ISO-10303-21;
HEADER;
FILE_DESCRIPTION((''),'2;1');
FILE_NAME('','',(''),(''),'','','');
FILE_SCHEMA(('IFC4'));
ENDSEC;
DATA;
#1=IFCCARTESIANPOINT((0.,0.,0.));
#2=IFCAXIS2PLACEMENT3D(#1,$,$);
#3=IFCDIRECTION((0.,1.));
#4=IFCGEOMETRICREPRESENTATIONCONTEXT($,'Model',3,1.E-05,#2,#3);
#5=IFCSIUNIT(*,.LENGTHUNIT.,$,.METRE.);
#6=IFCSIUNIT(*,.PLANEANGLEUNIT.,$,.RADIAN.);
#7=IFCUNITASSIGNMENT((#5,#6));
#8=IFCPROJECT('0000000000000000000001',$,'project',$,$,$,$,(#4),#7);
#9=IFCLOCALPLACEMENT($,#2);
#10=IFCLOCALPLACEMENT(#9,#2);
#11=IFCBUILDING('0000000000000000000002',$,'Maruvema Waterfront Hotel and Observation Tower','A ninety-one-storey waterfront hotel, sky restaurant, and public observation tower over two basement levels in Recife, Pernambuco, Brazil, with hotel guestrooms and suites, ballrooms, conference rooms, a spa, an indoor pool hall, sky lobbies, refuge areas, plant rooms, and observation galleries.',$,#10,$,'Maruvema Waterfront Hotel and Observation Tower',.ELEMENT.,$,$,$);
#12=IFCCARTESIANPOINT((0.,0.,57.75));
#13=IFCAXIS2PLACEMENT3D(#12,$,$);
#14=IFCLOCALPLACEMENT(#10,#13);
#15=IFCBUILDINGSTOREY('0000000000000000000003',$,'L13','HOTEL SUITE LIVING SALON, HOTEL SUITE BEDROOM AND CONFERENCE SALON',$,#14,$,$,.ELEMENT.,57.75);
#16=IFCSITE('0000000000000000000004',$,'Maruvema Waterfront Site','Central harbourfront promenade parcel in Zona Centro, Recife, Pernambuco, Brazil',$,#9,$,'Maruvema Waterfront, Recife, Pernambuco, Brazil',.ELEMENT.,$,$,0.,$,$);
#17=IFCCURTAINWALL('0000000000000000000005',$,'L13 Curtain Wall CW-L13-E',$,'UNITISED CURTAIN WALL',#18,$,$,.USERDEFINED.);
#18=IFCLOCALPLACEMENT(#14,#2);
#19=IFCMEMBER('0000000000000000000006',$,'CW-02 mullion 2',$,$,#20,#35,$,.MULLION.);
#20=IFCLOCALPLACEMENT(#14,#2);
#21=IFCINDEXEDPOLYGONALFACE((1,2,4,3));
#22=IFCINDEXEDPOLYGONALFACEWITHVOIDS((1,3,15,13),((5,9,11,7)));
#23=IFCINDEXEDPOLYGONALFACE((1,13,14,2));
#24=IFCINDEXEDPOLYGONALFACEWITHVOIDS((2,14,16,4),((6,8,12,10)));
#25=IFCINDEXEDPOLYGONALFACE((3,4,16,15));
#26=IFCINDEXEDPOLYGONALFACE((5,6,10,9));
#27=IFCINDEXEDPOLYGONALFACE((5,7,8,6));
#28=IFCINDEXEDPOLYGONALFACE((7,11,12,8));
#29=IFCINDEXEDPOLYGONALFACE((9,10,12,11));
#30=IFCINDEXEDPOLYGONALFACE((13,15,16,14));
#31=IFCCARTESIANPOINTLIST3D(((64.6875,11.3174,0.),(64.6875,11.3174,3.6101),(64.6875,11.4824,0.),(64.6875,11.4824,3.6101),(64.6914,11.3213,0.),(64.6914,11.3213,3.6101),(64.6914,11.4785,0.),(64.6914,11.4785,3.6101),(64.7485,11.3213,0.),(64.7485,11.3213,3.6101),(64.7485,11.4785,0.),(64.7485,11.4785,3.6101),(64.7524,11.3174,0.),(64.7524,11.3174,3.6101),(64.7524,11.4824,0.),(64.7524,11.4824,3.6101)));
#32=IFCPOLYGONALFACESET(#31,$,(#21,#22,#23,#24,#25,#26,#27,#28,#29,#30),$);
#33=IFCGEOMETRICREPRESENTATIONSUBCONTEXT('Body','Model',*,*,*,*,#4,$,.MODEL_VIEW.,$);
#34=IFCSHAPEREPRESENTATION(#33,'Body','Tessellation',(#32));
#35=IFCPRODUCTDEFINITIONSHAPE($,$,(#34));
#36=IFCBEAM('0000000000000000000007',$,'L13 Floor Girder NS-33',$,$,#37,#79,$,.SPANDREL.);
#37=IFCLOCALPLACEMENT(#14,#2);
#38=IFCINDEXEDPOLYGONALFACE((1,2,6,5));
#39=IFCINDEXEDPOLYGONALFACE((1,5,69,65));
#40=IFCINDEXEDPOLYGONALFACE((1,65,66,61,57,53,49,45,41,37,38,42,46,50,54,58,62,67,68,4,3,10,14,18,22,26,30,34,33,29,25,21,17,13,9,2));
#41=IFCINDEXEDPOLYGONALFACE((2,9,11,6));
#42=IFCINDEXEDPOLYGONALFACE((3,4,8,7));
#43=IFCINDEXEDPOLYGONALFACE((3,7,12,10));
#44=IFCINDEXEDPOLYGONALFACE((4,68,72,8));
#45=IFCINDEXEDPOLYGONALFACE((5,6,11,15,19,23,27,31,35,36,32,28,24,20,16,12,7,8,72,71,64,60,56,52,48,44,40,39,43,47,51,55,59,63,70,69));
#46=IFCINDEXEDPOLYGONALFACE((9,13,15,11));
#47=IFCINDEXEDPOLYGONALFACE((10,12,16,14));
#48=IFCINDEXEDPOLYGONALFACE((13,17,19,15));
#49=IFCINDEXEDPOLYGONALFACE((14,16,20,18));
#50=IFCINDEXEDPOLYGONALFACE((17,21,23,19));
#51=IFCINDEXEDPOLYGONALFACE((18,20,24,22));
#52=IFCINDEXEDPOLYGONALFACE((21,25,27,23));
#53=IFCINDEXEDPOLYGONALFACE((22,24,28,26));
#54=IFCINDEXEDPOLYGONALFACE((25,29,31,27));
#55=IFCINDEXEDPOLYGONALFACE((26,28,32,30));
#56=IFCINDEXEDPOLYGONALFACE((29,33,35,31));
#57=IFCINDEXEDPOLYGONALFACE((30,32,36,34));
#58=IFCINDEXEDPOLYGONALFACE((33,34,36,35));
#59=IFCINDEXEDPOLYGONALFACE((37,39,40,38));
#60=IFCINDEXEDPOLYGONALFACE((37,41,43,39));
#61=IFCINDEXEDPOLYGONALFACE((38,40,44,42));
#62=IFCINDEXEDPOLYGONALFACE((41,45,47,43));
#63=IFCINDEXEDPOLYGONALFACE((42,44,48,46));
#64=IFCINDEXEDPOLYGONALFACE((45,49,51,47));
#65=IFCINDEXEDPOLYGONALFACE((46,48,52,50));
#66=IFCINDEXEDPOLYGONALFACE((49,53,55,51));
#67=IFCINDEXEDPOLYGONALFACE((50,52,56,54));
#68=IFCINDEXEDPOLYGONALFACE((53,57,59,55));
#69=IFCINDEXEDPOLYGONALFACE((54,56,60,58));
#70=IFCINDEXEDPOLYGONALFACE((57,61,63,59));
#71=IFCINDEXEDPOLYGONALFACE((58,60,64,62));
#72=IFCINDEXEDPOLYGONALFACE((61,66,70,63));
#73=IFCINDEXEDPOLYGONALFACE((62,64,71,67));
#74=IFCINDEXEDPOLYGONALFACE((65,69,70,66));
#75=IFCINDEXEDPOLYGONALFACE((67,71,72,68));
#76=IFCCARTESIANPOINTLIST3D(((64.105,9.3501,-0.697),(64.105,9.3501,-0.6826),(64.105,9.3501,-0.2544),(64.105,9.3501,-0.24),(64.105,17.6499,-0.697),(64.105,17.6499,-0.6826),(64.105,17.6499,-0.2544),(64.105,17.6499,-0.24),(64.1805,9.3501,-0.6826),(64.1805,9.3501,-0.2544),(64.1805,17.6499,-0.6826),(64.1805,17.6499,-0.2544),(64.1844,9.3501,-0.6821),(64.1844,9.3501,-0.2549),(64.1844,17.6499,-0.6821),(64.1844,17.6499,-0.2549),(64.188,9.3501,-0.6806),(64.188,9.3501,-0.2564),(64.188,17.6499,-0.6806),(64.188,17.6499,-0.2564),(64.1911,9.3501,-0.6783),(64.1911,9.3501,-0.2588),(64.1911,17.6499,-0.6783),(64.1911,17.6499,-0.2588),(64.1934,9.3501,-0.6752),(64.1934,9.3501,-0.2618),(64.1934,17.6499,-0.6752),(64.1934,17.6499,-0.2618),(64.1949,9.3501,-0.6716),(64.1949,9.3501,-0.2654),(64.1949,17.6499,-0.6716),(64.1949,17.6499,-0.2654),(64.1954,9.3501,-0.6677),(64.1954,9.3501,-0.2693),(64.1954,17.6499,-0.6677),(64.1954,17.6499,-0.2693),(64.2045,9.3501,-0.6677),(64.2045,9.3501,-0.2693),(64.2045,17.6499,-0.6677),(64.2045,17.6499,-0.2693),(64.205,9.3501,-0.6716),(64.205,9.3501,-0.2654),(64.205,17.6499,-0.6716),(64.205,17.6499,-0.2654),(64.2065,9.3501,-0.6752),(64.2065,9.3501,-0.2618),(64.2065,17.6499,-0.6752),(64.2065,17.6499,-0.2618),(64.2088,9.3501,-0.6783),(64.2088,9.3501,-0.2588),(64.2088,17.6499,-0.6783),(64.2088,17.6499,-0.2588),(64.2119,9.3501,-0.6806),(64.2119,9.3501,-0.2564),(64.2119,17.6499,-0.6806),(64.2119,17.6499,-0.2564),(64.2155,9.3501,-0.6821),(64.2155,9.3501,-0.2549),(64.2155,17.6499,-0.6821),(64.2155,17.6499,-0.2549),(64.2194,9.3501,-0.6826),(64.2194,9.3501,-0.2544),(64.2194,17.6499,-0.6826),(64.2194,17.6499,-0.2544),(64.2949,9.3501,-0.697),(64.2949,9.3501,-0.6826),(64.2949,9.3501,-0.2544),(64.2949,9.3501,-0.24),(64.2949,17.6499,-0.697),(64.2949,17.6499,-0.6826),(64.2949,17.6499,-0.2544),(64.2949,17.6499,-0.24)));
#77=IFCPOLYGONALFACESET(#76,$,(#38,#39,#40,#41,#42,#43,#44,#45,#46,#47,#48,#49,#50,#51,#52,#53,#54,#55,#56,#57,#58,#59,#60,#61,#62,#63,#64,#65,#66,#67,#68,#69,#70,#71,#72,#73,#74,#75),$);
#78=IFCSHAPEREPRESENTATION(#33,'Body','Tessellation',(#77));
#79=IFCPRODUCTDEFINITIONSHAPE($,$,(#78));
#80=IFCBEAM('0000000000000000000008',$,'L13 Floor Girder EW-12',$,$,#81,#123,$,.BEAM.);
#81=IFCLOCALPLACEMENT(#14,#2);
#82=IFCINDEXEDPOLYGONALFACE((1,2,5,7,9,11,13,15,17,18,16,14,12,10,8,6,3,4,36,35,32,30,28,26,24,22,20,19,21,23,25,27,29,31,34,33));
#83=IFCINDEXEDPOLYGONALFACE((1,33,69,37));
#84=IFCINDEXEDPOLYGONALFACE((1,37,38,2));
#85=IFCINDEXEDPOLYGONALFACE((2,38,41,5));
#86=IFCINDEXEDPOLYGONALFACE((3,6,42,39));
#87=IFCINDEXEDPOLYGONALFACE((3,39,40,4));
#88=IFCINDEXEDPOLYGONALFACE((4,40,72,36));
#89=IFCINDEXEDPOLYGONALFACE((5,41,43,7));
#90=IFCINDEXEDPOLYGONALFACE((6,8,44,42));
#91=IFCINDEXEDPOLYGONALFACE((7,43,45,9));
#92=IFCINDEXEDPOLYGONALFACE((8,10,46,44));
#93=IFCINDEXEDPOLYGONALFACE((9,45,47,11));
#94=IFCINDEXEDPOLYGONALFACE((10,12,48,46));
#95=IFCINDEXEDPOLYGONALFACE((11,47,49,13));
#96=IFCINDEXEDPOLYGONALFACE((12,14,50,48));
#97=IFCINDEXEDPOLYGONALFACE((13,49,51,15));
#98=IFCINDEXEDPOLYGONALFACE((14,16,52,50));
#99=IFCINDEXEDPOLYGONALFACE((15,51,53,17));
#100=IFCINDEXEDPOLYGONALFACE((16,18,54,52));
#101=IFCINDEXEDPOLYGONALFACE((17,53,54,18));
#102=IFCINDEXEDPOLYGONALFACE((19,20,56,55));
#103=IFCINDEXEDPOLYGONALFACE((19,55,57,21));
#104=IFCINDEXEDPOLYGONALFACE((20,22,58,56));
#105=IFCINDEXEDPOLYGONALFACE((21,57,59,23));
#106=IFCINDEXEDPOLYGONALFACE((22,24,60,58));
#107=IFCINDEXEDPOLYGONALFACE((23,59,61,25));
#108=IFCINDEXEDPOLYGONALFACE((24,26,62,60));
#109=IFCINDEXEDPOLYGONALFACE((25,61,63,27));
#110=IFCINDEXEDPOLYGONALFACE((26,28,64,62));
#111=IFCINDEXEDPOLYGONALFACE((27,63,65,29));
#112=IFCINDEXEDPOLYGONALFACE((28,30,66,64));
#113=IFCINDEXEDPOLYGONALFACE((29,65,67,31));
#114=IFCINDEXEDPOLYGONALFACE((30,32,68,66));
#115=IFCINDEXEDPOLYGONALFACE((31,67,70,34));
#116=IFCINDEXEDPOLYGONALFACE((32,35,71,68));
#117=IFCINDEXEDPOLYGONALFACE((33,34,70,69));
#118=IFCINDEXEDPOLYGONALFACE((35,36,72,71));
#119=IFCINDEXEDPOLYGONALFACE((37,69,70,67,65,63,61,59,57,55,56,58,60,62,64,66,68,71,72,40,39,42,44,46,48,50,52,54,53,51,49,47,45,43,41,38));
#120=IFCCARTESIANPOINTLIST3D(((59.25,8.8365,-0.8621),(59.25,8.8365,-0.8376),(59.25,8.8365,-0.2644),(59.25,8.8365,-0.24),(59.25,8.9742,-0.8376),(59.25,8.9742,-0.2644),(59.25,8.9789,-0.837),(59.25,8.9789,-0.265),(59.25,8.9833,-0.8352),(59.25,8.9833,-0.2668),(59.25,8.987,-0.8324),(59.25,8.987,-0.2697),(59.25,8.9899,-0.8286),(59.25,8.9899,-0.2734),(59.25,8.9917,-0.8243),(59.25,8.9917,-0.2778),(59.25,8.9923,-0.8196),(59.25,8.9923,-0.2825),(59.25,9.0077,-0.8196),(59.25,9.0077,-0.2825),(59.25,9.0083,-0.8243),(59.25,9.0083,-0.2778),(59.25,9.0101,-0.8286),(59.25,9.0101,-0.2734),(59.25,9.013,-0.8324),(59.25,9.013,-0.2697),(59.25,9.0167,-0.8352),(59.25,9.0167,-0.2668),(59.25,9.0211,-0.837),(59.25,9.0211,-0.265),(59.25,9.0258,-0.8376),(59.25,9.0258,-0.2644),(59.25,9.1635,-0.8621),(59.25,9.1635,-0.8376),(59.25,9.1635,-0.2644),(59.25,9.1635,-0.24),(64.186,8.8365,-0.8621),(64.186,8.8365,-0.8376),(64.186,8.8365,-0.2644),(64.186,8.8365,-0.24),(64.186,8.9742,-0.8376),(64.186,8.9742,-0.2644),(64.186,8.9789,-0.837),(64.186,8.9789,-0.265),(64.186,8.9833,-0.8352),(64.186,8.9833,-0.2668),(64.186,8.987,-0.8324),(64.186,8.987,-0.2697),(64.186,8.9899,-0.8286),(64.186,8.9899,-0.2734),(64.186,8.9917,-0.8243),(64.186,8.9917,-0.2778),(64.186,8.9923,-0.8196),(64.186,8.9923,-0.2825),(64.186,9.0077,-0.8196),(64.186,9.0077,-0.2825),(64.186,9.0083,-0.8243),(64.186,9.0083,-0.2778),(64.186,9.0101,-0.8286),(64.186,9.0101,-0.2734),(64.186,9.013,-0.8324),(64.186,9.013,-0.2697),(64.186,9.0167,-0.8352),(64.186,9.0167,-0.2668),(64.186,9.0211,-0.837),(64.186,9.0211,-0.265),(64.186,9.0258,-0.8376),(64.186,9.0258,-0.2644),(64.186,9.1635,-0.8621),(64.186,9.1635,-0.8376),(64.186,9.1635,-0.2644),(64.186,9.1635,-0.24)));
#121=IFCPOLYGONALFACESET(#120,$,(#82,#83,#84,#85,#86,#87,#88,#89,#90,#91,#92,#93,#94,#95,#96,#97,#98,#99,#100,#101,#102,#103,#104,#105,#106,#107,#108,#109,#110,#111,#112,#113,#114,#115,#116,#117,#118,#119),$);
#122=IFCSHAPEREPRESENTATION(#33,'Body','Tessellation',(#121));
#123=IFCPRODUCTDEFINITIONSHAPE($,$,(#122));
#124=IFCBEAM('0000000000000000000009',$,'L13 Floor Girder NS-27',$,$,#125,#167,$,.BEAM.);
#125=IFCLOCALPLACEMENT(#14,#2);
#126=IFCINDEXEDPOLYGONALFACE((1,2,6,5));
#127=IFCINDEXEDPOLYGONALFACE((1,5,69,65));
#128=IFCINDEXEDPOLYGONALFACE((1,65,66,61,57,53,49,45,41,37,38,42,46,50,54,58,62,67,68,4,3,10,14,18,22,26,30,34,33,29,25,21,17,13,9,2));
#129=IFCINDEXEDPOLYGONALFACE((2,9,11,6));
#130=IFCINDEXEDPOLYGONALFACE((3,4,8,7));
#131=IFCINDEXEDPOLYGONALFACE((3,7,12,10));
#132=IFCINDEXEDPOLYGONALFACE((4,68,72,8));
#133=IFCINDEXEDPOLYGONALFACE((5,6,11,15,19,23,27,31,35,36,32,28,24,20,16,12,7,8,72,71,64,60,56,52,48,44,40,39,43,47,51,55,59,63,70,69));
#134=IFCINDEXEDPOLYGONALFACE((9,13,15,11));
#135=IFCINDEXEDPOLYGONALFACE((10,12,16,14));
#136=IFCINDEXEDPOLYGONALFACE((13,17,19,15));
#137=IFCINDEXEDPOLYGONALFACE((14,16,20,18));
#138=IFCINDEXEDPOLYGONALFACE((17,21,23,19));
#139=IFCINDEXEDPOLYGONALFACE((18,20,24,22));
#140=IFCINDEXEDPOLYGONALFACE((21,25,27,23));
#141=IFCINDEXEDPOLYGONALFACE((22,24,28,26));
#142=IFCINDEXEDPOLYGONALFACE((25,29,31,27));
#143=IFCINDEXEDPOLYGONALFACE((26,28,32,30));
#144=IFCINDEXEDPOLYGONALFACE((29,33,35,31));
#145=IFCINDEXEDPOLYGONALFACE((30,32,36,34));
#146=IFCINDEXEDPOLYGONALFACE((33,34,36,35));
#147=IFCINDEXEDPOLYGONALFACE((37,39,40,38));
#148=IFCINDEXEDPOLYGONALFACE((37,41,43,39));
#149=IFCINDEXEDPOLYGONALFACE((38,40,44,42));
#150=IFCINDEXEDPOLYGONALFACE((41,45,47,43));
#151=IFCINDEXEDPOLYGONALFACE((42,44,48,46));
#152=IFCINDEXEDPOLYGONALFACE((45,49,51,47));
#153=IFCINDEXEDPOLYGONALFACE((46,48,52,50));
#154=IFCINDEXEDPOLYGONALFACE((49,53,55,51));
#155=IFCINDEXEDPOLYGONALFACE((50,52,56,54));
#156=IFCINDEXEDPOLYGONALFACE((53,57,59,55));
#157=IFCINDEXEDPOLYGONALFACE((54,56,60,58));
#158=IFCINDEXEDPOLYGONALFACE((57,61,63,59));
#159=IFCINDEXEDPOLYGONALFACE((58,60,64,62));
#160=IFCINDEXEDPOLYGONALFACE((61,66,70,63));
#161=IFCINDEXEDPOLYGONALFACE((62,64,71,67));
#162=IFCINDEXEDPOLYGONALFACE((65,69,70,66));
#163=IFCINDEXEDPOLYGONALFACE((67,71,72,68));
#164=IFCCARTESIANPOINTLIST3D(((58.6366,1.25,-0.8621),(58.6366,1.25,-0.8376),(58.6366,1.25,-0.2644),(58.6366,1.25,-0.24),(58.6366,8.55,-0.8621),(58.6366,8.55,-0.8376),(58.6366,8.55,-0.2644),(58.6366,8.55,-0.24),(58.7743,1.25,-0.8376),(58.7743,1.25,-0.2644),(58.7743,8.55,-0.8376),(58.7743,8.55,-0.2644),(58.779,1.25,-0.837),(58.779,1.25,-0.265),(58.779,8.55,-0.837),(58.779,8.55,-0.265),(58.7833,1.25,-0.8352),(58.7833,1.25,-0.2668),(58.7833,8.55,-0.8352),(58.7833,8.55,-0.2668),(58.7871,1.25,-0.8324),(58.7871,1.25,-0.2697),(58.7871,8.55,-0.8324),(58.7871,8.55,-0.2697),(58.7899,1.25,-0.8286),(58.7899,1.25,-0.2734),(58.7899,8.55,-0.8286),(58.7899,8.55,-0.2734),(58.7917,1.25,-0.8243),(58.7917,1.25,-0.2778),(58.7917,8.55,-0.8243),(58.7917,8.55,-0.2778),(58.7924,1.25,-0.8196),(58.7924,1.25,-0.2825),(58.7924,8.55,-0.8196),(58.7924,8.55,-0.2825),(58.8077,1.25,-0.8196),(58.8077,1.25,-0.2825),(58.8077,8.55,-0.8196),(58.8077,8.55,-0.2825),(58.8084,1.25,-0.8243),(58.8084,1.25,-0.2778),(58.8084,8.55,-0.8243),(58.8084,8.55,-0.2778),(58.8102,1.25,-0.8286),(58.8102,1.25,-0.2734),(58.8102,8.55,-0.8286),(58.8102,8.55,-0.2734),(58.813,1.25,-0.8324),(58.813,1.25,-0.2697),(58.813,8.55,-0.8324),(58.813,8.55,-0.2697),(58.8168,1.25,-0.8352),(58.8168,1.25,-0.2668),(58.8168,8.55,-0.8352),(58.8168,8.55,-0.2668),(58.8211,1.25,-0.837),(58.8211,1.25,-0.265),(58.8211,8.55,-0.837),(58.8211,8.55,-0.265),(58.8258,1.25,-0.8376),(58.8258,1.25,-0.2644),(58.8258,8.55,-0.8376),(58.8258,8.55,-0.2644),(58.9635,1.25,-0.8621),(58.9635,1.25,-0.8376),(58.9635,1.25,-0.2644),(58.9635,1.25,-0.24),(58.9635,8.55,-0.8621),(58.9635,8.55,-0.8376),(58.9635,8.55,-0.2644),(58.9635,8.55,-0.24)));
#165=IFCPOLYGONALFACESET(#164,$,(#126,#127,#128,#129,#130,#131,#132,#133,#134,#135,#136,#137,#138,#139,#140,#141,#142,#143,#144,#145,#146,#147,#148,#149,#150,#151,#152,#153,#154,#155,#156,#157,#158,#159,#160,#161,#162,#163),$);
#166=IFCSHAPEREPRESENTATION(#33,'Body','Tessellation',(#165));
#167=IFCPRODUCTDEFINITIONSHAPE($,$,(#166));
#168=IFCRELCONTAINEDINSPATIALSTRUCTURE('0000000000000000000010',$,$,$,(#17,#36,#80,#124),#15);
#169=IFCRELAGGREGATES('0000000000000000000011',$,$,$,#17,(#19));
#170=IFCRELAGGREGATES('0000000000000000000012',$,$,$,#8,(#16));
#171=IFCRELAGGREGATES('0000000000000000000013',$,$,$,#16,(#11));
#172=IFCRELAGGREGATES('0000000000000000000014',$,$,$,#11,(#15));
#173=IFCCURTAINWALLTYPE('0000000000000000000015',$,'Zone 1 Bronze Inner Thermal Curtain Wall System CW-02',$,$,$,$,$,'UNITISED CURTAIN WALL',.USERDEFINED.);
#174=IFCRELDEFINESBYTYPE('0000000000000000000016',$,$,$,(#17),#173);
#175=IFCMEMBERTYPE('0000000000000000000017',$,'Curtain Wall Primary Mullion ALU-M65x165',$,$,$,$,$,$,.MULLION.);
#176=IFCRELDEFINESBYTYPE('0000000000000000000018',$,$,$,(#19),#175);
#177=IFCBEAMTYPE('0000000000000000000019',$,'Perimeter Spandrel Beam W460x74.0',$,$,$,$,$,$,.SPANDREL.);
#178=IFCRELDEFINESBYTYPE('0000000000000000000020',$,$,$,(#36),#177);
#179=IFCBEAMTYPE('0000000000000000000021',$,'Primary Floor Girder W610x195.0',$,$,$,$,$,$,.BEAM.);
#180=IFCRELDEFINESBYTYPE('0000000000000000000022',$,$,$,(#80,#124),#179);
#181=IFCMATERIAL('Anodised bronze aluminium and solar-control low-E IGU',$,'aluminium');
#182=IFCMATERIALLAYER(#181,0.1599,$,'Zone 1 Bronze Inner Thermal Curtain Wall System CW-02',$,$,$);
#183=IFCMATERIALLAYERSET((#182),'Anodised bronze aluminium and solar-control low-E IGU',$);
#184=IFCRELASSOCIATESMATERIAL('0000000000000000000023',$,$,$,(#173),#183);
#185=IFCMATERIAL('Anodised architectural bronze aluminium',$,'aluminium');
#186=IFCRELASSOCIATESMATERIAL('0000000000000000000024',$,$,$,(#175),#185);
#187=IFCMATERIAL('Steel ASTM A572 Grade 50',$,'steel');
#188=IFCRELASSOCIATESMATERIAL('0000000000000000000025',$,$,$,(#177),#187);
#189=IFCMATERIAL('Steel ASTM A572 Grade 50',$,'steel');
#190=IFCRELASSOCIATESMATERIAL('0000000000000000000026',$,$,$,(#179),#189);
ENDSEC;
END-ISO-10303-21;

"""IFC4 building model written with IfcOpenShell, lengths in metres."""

from ifc_helpers import new_model, si_unit, direction, frame, origin, origin_2d, place, context, subcontext, project, spatial, hollow_rectangle, i_section, extrude, material, layer, layer_set, material_profile, profile_set, type_object, element, aggregate, save


model = new_model("IFC4")

# Units and contexts
model_context = context("Model", 3, precision=1e-05, world=origin(), true_north=direction((0.0, 1.0)))
body_context = subcontext(model_context, "Body", "Model", "MODEL_VIEW")
ifc_project = project(units=[si_unit("LENGTHUNIT", "METRE"), si_unit("PLANEANGLEUNIT", "RADIAN")], contexts=[model_context])

# Site, building, storey
site_placement = place(None, origin())
site = spatial("IfcSite", under=ifc_project, at=site_placement, Name="Maruvema Waterfront Site", Description="Central harbourfront promenade parcel in Zona Centro, Recife, Pernambuco, Brazil", LongName="Maruvema Waterfront, Recife, Pernambuco, Brazil", CompositionType="ELEMENT", RefElevation=0.0)
building_placement = place(site_placement, origin())
building = spatial("IfcBuilding", under=site, at=building_placement, Name="Maruvema Waterfront Hotel and Observation Tower", Description="A ninety-one-storey waterfront hotel, sky restaurant, and public observation tower over two basement levels in Recife, Pernambuco, Brazil, with hotel guestrooms and suites, ballrooms, conference rooms, a spa, an indoor pool hall, sky lobbies, refuge areas, plant rooms, and observation galleries.", LongName="Maruvema Waterfront Hotel and Observation Tower", CompositionType="ELEMENT")
storey_placement = place(building_placement, frame((0.0, 0.0, 57.75)))
storey = spatial("IfcBuildingStorey", under=building, at=storey_placement, Name="L13", Description="HOTEL SUITE LIVING SALON, HOTEL SUITE BEDROOM AND CONFERENCE SALON", CompositionType="ELEMENT", Elevation=57.75)

# Curtain wall
ifc_material_1 = material(Name="Anodised bronze aluminium and solar-control low-E IGU", Category="aluminium")
ifc_layer_1 = layer(ifc_material_1, 0.1599, Name="Zone 1 Bronze Inner Thermal Curtain Wall System CW-02")
ifc_layer_set_1 = layer_set([ifc_layer_1], Name="Anodised bronze aluminium and solar-control low-E IGU")
curtain_wall_type = type_object("IfcCurtainWallType", Name="Zone 1 Bronze Inner Thermal Curtain Wall System CW-02", ElementType="UNITISED CURTAIN WALL", PredefinedType="USERDEFINED", material=ifc_layer_set_1)
curtain_wall_1_placement = place(storey_placement, origin())
curtain_wall_1 = element("IfcCurtainWall", 1, at=curtain_wall_1_placement, inside=storey, type_object=curtain_wall_type, Name="L13 Curtain Wall CW-L13-E", ObjectType="UNITISED CURTAIN WALL", PredefinedType="USERDEFINED")

# Member
ifc_material_2 = material(Name="Anodised architectural bronze aluminium", Category="aluminium")
ifc_material_profile_1 = material_profile(ifc_material_2, hollow_rectangle(XDim=0.0649, YDim=0.165, WallThickness=0.0039, at=origin_2d()), Name="ALU-M65x165")
ifc_profile_set_1 = profile_set([ifc_material_profile_1], Name="Anodised architectural bronze aluminium")
member_type_1 = type_object("IfcMemberType", Name="Curtain Wall Primary Mullion ALU-M65x165", PredefinedType="MULLION", material=ifc_profile_set_1)
member_1_placement = place(storey_placement, frame((64.72, 11.3999, 0.0), z_axis=(0.0, 0.0, 1.0), x_axis=(-1.0, 0.0, 0.0)))
member_1 = element("IfcMember", 2, at=member_1_placement, type_object=member_type_1, Name="CW-02 mullion 2", PredefinedType="MULLION", context=body_context, shape_type="SweptSolid", body=[
    extrude(hollow_rectangle(XDim=0.0649, YDim=0.165, WallThickness=0.0039, at=origin_2d()), origin(), (0.0, 0.0, 1.0), 3.6101),
])

# Beams
ifc_material_3 = material(Name="Steel ASTM A572 Grade 50", Category="steel")
ifc_material_profile_2 = material_profile(ifc_material_3, i_section(OverallWidth=0.1899, OverallDepth=0.457, WebThickness=0.009, FlangeThickness=0.0144, FilletRadius=0.0149, at=origin_2d()), Name="W460x74.0")
ifc_profile_set_2 = profile_set([ifc_material_profile_2], Name="Steel ASTM A572 Grade 50")
beam_type_1 = type_object("IfcBeamType", Name="Perimeter Spandrel Beam W460x74.0", PredefinedType="SPANDREL", material=ifc_profile_set_2)
beam_1_placement = place(storey_placement, frame((64.2, 9.3501, -0.4685), z_axis=(0.0, 1.0, 0.0), x_axis=(-1.0, 0.0, 0.0)))
element("IfcBeam", 3, at=beam_1_placement, inside=storey, type_object=beam_type_1, Name="L13 Floor Girder NS-33", PredefinedType="SPANDREL", context=body_context, shape_type="SweptSolid", body=[
    extrude(i_section(OverallWidth=0.1899, OverallDepth=0.457, WebThickness=0.009, FlangeThickness=0.0144, FilletRadius=0.0149, at=origin_2d()), origin(), (0.0, 0.0, 1.0), 8.2998),
])
ifc_material_4 = material(Name="Steel ASTM A572 Grade 50", Category="steel")
ifc_material_profile_3 = material_profile(ifc_material_4, i_section(OverallWidth=0.3269, OverallDepth=0.6221, WebThickness=0.0154, FlangeThickness=0.0244, FilletRadius=0.0181, at=origin_2d()), Name="W610x195.0")
ifc_profile_set_3 = profile_set([ifc_material_profile_3], Name="Steel ASTM A572 Grade 50")
beam_type_2 = type_object("IfcBeamType", Name="Primary Floor Girder W610x195.0", PredefinedType="BEAM", material=ifc_profile_set_3)
beam_2_placement = place(storey_placement, frame((59.25, 9.0, -0.551), z_axis=(1.0, 0.0, 0.0), x_axis=(0.0, 1.0, 0.0)))
element("IfcBeam", 4, at=beam_2_placement, inside=storey, type_object=beam_type_2, Name="L13 Floor Girder EW-12", PredefinedType="BEAM", context=body_context, shape_type="SweptSolid", body=[
    extrude(i_section(OverallWidth=0.3269, OverallDepth=0.6221, WebThickness=0.0154, FlangeThickness=0.0244, FilletRadius=0.0181, at=origin_2d()), origin(), (0.0, 0.0, 1.0), 4.936),
])
beam_3_placement = place(storey_placement, frame((58.8, 1.25, -0.551), z_axis=(0.0, 1.0, 0.0), x_axis=(-1.0, 0.0, 0.0)))
element("IfcBeam", 5, at=beam_3_placement, inside=storey, type_object=beam_type_2, Name="L13 Floor Girder NS-27", PredefinedType="BEAM", context=body_context, shape_type="SweptSolid", body=[
    extrude(i_section(OverallWidth=0.3269, OverallDepth=0.6221, WebThickness=0.0154, FlangeThickness=0.0244, FilletRadius=0.0181, at=origin_2d()), origin(), (0.0, 0.0, 1.0), 7.3),
])

aggregate(curtain_wall_1, [member_1])

save(model, "model.ifc")
